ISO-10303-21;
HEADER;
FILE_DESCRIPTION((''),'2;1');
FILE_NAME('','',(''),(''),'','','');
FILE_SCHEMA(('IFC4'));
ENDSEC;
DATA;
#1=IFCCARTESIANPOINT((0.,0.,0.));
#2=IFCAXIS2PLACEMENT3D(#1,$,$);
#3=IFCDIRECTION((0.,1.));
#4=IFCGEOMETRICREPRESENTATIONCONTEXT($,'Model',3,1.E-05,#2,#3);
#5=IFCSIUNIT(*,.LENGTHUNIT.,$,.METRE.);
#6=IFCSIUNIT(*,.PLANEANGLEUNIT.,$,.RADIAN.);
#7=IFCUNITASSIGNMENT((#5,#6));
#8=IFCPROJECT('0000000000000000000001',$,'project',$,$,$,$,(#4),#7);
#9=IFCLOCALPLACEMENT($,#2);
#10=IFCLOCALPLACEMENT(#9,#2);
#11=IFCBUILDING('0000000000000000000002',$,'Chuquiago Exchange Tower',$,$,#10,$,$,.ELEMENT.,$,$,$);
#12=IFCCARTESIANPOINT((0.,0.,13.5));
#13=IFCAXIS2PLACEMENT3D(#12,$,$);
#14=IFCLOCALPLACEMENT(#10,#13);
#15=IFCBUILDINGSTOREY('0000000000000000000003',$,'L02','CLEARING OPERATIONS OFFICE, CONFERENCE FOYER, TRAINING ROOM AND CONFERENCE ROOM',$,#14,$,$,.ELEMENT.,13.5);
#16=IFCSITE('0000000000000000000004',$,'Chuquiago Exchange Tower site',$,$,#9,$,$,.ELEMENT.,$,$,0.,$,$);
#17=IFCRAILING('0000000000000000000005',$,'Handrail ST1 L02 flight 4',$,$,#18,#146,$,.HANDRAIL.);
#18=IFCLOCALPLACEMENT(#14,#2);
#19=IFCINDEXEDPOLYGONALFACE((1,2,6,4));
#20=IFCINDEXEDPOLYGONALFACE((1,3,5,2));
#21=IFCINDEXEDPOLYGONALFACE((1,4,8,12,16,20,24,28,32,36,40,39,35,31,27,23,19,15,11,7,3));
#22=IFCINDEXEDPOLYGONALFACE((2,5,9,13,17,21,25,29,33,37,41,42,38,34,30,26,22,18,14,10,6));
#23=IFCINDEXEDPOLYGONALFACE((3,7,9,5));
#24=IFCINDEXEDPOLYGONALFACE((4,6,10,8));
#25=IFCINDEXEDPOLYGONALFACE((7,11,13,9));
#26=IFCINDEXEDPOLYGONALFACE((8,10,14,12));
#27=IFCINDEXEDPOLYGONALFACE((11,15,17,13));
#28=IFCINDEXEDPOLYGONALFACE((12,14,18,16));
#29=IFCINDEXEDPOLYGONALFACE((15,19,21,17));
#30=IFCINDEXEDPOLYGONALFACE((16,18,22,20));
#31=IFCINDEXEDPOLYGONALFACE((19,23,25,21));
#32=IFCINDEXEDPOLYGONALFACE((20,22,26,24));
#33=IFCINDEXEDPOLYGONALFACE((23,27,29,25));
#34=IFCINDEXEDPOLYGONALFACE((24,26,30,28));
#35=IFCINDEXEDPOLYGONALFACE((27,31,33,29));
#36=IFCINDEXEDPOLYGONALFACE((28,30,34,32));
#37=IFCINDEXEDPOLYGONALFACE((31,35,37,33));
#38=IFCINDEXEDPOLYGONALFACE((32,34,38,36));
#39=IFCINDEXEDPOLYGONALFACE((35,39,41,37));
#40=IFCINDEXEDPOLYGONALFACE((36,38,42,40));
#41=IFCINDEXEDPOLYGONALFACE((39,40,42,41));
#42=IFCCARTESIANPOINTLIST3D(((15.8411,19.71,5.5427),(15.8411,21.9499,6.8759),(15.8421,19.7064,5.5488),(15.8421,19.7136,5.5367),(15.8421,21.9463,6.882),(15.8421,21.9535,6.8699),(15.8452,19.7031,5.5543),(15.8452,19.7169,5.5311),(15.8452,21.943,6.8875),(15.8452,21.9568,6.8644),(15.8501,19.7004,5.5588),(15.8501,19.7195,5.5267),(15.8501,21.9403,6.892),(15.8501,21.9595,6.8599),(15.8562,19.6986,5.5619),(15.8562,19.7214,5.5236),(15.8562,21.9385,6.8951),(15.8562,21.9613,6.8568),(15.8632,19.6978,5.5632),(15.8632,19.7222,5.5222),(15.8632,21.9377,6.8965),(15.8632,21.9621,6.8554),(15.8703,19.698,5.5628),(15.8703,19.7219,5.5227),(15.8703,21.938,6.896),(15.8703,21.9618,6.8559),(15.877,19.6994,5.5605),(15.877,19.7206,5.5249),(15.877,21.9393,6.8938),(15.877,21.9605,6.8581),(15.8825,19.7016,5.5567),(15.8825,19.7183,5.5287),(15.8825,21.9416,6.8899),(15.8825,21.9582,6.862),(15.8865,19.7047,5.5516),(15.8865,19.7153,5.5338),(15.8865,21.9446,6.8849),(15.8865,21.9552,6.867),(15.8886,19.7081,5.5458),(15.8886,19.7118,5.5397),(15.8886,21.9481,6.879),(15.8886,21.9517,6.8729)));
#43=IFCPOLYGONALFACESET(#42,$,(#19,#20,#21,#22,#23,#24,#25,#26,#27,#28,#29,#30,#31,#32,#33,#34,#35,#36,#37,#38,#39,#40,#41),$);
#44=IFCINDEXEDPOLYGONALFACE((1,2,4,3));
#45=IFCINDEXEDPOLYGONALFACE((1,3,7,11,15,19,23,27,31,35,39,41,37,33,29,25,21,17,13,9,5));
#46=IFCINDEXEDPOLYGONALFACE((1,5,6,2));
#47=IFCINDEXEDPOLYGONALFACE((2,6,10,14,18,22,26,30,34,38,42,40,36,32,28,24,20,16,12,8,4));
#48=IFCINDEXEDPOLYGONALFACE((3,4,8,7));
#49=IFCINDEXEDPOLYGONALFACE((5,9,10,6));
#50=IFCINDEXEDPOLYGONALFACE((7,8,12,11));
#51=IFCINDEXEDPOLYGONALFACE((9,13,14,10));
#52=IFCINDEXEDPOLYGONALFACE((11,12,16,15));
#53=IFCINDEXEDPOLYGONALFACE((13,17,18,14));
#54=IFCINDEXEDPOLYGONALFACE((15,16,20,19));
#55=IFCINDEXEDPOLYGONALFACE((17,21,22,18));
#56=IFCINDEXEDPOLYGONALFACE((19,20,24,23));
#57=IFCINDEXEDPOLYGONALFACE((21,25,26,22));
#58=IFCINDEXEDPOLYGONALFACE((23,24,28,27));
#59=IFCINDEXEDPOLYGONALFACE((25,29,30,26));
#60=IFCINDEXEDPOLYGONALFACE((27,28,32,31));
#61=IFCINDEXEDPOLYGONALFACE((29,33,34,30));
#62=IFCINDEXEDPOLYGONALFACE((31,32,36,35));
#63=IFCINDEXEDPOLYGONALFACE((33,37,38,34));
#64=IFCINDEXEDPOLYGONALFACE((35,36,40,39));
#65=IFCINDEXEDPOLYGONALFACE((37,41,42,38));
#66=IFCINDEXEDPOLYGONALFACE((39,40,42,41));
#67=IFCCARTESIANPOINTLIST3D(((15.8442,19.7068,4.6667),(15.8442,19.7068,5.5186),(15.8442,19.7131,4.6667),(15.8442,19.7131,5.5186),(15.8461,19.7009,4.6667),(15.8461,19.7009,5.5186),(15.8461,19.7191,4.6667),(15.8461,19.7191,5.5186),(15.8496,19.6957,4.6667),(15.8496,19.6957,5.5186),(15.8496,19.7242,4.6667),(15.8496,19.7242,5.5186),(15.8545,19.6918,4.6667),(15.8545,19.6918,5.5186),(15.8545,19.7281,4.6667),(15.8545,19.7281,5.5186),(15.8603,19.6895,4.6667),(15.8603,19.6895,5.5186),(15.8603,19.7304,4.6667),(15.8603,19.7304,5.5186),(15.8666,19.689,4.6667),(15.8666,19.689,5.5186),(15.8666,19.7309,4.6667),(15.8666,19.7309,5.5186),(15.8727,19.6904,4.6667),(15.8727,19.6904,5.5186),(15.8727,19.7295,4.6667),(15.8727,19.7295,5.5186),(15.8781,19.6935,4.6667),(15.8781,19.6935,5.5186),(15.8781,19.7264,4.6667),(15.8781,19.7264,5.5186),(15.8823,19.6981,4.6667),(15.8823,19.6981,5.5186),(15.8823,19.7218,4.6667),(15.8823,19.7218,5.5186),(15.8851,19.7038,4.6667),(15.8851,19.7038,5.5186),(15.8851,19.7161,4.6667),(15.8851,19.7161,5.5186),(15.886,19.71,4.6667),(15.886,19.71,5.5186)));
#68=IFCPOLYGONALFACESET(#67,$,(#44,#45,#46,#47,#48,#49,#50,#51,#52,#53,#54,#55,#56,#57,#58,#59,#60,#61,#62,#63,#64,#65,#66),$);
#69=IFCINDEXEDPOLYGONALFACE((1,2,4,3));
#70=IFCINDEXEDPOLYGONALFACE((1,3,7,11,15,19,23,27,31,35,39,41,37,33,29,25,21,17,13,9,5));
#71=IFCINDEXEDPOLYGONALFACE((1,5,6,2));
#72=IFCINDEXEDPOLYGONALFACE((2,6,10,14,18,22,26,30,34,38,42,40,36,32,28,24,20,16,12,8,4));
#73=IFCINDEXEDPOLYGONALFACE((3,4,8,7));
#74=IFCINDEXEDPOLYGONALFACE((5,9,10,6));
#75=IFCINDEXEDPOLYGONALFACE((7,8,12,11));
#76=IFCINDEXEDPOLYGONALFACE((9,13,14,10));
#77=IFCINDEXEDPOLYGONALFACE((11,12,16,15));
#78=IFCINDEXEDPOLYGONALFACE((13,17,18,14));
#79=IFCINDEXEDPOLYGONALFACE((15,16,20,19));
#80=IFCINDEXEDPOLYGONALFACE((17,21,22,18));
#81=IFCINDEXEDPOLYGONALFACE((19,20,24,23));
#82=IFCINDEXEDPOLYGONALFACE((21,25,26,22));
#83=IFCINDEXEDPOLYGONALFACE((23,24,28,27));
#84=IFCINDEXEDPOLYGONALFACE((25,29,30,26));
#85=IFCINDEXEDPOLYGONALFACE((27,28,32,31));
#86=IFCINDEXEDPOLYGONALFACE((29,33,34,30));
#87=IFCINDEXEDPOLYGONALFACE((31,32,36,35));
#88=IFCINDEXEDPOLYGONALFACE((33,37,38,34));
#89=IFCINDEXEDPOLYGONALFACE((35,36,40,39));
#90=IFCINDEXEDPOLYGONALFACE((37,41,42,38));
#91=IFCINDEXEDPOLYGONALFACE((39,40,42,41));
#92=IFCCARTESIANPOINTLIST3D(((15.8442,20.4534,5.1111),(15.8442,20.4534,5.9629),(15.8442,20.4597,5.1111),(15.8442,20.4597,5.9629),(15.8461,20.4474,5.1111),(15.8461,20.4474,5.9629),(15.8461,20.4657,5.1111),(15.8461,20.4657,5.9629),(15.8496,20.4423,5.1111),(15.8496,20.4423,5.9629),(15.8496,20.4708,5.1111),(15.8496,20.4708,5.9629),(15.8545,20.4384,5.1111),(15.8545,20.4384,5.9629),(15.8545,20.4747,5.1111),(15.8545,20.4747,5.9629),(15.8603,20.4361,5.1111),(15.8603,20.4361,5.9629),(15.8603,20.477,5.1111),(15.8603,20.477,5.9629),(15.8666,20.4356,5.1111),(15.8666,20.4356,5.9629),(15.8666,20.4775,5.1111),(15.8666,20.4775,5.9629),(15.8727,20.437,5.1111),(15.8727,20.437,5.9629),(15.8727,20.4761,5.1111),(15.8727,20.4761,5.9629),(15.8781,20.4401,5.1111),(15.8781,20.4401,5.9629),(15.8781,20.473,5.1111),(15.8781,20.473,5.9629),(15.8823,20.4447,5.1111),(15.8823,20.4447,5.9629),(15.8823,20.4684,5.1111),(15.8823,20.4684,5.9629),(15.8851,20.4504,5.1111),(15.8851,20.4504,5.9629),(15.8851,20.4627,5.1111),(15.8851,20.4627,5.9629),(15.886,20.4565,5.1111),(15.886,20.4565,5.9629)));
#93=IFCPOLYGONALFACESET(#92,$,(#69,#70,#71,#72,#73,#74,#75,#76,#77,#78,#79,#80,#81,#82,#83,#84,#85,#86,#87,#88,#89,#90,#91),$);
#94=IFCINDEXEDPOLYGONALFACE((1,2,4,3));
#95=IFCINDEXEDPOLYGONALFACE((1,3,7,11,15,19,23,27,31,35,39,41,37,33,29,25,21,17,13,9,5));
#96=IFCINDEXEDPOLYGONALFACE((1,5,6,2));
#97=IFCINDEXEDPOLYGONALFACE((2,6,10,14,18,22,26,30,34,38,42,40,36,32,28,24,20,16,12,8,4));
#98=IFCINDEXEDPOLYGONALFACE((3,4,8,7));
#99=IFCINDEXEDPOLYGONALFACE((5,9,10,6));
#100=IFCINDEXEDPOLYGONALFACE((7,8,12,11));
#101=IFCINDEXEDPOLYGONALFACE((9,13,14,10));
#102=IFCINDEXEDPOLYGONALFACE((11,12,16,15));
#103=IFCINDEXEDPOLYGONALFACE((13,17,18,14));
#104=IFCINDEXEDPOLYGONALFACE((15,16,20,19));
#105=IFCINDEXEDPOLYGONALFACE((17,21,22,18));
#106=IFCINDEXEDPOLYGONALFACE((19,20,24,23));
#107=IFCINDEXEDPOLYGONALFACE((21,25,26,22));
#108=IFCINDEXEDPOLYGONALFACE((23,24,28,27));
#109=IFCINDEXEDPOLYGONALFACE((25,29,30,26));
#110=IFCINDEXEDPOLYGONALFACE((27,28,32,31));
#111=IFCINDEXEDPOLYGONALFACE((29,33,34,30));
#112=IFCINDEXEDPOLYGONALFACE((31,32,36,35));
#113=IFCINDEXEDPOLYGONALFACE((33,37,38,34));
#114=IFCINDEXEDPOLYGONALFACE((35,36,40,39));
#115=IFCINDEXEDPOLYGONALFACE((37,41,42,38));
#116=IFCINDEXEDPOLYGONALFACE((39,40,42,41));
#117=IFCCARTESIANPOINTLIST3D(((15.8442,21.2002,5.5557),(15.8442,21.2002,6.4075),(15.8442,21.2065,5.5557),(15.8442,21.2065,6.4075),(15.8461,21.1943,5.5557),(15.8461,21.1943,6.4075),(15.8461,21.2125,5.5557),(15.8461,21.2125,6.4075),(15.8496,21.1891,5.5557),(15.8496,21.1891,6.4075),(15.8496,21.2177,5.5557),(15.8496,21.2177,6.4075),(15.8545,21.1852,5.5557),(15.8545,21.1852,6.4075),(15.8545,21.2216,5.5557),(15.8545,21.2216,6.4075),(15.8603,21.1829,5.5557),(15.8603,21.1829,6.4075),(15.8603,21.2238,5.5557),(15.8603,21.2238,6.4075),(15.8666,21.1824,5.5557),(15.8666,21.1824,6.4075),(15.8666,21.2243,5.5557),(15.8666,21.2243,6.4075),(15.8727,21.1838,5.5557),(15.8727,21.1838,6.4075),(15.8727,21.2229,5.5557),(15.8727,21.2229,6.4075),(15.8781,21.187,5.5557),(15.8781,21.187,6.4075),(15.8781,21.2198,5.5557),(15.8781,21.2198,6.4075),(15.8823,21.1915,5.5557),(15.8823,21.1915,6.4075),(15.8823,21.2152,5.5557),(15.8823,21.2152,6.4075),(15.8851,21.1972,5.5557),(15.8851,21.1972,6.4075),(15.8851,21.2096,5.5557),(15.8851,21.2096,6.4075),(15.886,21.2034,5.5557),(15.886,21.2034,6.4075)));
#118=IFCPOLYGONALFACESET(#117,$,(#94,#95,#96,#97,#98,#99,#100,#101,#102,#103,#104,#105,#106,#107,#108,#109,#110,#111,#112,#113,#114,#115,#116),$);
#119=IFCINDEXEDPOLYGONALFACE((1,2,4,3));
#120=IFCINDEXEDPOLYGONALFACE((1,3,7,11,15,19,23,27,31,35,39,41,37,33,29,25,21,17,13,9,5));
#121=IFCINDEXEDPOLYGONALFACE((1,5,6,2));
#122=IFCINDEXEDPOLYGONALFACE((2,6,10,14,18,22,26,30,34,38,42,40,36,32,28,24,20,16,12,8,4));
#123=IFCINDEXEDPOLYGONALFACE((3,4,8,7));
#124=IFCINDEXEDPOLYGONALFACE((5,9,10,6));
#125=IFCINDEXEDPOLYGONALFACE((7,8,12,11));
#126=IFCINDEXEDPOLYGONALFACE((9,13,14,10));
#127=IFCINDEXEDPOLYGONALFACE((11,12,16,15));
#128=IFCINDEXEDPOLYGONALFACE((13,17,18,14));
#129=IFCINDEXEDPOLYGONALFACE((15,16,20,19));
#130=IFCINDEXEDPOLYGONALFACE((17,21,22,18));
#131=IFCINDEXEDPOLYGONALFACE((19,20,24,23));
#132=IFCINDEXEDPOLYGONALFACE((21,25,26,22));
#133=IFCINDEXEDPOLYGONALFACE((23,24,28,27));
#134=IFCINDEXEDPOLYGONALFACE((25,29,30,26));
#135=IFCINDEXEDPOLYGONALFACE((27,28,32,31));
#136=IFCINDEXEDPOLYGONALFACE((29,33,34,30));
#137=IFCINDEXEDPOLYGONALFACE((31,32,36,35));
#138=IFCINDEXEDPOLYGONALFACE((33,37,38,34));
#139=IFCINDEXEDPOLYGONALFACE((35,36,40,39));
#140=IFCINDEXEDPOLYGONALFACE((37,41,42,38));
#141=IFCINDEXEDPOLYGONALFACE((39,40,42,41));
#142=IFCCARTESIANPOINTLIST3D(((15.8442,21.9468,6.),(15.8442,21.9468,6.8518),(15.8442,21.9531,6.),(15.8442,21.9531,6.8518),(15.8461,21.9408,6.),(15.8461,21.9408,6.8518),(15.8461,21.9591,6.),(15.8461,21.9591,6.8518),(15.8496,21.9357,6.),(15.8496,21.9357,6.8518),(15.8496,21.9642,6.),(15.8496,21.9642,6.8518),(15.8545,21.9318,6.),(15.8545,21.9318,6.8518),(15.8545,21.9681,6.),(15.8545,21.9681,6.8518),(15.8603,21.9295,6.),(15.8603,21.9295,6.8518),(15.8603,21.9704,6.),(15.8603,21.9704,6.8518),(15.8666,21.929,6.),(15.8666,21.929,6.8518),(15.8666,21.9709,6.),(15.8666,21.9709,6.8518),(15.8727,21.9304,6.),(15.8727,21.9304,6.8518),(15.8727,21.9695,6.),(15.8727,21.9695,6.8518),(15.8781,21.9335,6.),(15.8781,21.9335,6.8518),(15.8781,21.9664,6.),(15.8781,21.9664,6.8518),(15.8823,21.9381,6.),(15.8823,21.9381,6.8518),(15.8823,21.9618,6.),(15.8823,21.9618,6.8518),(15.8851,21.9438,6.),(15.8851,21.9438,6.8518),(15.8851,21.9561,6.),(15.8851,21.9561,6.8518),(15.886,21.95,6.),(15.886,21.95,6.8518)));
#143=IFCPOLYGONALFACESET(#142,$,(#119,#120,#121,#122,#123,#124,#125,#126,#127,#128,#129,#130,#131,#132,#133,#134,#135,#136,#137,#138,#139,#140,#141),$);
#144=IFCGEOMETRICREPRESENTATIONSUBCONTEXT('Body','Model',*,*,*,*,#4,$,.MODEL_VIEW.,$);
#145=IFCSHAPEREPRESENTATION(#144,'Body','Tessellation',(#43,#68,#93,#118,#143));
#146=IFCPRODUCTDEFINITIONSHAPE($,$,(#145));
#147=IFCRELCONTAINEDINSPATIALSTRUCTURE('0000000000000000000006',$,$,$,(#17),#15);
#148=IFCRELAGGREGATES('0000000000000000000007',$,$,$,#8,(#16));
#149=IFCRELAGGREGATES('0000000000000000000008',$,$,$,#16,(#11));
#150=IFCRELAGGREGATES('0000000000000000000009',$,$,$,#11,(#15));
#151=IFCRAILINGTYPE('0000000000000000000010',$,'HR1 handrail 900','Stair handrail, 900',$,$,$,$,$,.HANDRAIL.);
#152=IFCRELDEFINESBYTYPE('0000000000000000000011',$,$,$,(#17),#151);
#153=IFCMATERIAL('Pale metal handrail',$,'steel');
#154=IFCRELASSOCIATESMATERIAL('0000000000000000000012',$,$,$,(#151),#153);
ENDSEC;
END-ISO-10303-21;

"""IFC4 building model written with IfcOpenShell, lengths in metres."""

from ifc_helpers import new_model, si_unit, direction, frame, origin, origin_2d, place, context, subcontext, project, spatial, circle, extrude, material, type_object, element, save


model = new_model("IFC4")

# Units and contexts
model_context = context("Model", 3, precision=1e-05, world=origin(), true_north=direction((0.0, 1.0)))
body_context = subcontext(model_context, "Body", "Model", "MODEL_VIEW")
ifc_project = project(units=[si_unit("LENGTHUNIT", "METRE"), si_unit("PLANEANGLEUNIT", "RADIAN")], contexts=[model_context])

# Site, building, storey
site_placement = place(None, origin())
site = spatial("IfcSite", under=ifc_project, at=site_placement, Name="Chuquiago Exchange Tower site", CompositionType="ELEMENT", RefElevation=0.0)
building_placement = place(site_placement, origin())
building = spatial("IfcBuilding", under=site, at=building_placement, Name="Chuquiago Exchange Tower", CompositionType="ELEMENT")
storey_placement = place(building_placement, frame((0.0, 0.0, 13.5)))
storey = spatial("IfcBuildingStorey", under=building, at=storey_placement, Name="L02", Description="CLEARING OPERATIONS OFFICE, CONFERENCE FOYER, TRAINING ROOM AND CONFERENCE ROOM", CompositionType="ELEMENT", Elevation=13.5)

# Railing
ifc_material_1 = material(Name="Pale metal handrail", Category="steel")
railing_type_1 = type_object("IfcRailingType", Name="HR1 handrail 900", Description="Stair handrail, 900", PredefinedType="HANDRAIL", material=ifc_material_1)
for number, where, name in (
    (1, (15.865, 19.71, 4.6667), "Handrail ST1 L02 flight 4"),
):
    element("IfcRailing", number, at=place(storey_placement, frame(where)), inside=storey, type_object=railing_type_1, Name=name, PredefinedType="HANDRAIL", context=body_context, shape_type="SweptSolid", body=[
        extrude(circle(Radius=0.0239, at=origin_2d()), frame((0.0, 0.0, 0.876), z_axis=(0.0, 0.859306, 0.511462), x_axis=(-1.0, 0.0, 0.0)), (0.0, 0.0, 1.0), 2.6067),
        extrude(circle(Radius=0.021, at=origin_2d()), origin(), (0.0, 0.0, 1.0), 0.8518),
        extrude(circle(Radius=0.021, at=origin_2d()), frame((0.0, 0.7466, 0.4443)), (0.0, 0.0, 1.0), 0.8518),
        extrude(circle(Radius=0.021, at=origin_2d()), frame((0.0, 1.4934, 0.8889)), (0.0, 0.0, 1.0), 0.8518),
        extrude(circle(Radius=0.021, at=origin_2d()), frame((0.0, 2.24, 1.3333)), (0.0, 0.0, 1.0), 0.8518),
    ])

save(model, "model.ifc")
